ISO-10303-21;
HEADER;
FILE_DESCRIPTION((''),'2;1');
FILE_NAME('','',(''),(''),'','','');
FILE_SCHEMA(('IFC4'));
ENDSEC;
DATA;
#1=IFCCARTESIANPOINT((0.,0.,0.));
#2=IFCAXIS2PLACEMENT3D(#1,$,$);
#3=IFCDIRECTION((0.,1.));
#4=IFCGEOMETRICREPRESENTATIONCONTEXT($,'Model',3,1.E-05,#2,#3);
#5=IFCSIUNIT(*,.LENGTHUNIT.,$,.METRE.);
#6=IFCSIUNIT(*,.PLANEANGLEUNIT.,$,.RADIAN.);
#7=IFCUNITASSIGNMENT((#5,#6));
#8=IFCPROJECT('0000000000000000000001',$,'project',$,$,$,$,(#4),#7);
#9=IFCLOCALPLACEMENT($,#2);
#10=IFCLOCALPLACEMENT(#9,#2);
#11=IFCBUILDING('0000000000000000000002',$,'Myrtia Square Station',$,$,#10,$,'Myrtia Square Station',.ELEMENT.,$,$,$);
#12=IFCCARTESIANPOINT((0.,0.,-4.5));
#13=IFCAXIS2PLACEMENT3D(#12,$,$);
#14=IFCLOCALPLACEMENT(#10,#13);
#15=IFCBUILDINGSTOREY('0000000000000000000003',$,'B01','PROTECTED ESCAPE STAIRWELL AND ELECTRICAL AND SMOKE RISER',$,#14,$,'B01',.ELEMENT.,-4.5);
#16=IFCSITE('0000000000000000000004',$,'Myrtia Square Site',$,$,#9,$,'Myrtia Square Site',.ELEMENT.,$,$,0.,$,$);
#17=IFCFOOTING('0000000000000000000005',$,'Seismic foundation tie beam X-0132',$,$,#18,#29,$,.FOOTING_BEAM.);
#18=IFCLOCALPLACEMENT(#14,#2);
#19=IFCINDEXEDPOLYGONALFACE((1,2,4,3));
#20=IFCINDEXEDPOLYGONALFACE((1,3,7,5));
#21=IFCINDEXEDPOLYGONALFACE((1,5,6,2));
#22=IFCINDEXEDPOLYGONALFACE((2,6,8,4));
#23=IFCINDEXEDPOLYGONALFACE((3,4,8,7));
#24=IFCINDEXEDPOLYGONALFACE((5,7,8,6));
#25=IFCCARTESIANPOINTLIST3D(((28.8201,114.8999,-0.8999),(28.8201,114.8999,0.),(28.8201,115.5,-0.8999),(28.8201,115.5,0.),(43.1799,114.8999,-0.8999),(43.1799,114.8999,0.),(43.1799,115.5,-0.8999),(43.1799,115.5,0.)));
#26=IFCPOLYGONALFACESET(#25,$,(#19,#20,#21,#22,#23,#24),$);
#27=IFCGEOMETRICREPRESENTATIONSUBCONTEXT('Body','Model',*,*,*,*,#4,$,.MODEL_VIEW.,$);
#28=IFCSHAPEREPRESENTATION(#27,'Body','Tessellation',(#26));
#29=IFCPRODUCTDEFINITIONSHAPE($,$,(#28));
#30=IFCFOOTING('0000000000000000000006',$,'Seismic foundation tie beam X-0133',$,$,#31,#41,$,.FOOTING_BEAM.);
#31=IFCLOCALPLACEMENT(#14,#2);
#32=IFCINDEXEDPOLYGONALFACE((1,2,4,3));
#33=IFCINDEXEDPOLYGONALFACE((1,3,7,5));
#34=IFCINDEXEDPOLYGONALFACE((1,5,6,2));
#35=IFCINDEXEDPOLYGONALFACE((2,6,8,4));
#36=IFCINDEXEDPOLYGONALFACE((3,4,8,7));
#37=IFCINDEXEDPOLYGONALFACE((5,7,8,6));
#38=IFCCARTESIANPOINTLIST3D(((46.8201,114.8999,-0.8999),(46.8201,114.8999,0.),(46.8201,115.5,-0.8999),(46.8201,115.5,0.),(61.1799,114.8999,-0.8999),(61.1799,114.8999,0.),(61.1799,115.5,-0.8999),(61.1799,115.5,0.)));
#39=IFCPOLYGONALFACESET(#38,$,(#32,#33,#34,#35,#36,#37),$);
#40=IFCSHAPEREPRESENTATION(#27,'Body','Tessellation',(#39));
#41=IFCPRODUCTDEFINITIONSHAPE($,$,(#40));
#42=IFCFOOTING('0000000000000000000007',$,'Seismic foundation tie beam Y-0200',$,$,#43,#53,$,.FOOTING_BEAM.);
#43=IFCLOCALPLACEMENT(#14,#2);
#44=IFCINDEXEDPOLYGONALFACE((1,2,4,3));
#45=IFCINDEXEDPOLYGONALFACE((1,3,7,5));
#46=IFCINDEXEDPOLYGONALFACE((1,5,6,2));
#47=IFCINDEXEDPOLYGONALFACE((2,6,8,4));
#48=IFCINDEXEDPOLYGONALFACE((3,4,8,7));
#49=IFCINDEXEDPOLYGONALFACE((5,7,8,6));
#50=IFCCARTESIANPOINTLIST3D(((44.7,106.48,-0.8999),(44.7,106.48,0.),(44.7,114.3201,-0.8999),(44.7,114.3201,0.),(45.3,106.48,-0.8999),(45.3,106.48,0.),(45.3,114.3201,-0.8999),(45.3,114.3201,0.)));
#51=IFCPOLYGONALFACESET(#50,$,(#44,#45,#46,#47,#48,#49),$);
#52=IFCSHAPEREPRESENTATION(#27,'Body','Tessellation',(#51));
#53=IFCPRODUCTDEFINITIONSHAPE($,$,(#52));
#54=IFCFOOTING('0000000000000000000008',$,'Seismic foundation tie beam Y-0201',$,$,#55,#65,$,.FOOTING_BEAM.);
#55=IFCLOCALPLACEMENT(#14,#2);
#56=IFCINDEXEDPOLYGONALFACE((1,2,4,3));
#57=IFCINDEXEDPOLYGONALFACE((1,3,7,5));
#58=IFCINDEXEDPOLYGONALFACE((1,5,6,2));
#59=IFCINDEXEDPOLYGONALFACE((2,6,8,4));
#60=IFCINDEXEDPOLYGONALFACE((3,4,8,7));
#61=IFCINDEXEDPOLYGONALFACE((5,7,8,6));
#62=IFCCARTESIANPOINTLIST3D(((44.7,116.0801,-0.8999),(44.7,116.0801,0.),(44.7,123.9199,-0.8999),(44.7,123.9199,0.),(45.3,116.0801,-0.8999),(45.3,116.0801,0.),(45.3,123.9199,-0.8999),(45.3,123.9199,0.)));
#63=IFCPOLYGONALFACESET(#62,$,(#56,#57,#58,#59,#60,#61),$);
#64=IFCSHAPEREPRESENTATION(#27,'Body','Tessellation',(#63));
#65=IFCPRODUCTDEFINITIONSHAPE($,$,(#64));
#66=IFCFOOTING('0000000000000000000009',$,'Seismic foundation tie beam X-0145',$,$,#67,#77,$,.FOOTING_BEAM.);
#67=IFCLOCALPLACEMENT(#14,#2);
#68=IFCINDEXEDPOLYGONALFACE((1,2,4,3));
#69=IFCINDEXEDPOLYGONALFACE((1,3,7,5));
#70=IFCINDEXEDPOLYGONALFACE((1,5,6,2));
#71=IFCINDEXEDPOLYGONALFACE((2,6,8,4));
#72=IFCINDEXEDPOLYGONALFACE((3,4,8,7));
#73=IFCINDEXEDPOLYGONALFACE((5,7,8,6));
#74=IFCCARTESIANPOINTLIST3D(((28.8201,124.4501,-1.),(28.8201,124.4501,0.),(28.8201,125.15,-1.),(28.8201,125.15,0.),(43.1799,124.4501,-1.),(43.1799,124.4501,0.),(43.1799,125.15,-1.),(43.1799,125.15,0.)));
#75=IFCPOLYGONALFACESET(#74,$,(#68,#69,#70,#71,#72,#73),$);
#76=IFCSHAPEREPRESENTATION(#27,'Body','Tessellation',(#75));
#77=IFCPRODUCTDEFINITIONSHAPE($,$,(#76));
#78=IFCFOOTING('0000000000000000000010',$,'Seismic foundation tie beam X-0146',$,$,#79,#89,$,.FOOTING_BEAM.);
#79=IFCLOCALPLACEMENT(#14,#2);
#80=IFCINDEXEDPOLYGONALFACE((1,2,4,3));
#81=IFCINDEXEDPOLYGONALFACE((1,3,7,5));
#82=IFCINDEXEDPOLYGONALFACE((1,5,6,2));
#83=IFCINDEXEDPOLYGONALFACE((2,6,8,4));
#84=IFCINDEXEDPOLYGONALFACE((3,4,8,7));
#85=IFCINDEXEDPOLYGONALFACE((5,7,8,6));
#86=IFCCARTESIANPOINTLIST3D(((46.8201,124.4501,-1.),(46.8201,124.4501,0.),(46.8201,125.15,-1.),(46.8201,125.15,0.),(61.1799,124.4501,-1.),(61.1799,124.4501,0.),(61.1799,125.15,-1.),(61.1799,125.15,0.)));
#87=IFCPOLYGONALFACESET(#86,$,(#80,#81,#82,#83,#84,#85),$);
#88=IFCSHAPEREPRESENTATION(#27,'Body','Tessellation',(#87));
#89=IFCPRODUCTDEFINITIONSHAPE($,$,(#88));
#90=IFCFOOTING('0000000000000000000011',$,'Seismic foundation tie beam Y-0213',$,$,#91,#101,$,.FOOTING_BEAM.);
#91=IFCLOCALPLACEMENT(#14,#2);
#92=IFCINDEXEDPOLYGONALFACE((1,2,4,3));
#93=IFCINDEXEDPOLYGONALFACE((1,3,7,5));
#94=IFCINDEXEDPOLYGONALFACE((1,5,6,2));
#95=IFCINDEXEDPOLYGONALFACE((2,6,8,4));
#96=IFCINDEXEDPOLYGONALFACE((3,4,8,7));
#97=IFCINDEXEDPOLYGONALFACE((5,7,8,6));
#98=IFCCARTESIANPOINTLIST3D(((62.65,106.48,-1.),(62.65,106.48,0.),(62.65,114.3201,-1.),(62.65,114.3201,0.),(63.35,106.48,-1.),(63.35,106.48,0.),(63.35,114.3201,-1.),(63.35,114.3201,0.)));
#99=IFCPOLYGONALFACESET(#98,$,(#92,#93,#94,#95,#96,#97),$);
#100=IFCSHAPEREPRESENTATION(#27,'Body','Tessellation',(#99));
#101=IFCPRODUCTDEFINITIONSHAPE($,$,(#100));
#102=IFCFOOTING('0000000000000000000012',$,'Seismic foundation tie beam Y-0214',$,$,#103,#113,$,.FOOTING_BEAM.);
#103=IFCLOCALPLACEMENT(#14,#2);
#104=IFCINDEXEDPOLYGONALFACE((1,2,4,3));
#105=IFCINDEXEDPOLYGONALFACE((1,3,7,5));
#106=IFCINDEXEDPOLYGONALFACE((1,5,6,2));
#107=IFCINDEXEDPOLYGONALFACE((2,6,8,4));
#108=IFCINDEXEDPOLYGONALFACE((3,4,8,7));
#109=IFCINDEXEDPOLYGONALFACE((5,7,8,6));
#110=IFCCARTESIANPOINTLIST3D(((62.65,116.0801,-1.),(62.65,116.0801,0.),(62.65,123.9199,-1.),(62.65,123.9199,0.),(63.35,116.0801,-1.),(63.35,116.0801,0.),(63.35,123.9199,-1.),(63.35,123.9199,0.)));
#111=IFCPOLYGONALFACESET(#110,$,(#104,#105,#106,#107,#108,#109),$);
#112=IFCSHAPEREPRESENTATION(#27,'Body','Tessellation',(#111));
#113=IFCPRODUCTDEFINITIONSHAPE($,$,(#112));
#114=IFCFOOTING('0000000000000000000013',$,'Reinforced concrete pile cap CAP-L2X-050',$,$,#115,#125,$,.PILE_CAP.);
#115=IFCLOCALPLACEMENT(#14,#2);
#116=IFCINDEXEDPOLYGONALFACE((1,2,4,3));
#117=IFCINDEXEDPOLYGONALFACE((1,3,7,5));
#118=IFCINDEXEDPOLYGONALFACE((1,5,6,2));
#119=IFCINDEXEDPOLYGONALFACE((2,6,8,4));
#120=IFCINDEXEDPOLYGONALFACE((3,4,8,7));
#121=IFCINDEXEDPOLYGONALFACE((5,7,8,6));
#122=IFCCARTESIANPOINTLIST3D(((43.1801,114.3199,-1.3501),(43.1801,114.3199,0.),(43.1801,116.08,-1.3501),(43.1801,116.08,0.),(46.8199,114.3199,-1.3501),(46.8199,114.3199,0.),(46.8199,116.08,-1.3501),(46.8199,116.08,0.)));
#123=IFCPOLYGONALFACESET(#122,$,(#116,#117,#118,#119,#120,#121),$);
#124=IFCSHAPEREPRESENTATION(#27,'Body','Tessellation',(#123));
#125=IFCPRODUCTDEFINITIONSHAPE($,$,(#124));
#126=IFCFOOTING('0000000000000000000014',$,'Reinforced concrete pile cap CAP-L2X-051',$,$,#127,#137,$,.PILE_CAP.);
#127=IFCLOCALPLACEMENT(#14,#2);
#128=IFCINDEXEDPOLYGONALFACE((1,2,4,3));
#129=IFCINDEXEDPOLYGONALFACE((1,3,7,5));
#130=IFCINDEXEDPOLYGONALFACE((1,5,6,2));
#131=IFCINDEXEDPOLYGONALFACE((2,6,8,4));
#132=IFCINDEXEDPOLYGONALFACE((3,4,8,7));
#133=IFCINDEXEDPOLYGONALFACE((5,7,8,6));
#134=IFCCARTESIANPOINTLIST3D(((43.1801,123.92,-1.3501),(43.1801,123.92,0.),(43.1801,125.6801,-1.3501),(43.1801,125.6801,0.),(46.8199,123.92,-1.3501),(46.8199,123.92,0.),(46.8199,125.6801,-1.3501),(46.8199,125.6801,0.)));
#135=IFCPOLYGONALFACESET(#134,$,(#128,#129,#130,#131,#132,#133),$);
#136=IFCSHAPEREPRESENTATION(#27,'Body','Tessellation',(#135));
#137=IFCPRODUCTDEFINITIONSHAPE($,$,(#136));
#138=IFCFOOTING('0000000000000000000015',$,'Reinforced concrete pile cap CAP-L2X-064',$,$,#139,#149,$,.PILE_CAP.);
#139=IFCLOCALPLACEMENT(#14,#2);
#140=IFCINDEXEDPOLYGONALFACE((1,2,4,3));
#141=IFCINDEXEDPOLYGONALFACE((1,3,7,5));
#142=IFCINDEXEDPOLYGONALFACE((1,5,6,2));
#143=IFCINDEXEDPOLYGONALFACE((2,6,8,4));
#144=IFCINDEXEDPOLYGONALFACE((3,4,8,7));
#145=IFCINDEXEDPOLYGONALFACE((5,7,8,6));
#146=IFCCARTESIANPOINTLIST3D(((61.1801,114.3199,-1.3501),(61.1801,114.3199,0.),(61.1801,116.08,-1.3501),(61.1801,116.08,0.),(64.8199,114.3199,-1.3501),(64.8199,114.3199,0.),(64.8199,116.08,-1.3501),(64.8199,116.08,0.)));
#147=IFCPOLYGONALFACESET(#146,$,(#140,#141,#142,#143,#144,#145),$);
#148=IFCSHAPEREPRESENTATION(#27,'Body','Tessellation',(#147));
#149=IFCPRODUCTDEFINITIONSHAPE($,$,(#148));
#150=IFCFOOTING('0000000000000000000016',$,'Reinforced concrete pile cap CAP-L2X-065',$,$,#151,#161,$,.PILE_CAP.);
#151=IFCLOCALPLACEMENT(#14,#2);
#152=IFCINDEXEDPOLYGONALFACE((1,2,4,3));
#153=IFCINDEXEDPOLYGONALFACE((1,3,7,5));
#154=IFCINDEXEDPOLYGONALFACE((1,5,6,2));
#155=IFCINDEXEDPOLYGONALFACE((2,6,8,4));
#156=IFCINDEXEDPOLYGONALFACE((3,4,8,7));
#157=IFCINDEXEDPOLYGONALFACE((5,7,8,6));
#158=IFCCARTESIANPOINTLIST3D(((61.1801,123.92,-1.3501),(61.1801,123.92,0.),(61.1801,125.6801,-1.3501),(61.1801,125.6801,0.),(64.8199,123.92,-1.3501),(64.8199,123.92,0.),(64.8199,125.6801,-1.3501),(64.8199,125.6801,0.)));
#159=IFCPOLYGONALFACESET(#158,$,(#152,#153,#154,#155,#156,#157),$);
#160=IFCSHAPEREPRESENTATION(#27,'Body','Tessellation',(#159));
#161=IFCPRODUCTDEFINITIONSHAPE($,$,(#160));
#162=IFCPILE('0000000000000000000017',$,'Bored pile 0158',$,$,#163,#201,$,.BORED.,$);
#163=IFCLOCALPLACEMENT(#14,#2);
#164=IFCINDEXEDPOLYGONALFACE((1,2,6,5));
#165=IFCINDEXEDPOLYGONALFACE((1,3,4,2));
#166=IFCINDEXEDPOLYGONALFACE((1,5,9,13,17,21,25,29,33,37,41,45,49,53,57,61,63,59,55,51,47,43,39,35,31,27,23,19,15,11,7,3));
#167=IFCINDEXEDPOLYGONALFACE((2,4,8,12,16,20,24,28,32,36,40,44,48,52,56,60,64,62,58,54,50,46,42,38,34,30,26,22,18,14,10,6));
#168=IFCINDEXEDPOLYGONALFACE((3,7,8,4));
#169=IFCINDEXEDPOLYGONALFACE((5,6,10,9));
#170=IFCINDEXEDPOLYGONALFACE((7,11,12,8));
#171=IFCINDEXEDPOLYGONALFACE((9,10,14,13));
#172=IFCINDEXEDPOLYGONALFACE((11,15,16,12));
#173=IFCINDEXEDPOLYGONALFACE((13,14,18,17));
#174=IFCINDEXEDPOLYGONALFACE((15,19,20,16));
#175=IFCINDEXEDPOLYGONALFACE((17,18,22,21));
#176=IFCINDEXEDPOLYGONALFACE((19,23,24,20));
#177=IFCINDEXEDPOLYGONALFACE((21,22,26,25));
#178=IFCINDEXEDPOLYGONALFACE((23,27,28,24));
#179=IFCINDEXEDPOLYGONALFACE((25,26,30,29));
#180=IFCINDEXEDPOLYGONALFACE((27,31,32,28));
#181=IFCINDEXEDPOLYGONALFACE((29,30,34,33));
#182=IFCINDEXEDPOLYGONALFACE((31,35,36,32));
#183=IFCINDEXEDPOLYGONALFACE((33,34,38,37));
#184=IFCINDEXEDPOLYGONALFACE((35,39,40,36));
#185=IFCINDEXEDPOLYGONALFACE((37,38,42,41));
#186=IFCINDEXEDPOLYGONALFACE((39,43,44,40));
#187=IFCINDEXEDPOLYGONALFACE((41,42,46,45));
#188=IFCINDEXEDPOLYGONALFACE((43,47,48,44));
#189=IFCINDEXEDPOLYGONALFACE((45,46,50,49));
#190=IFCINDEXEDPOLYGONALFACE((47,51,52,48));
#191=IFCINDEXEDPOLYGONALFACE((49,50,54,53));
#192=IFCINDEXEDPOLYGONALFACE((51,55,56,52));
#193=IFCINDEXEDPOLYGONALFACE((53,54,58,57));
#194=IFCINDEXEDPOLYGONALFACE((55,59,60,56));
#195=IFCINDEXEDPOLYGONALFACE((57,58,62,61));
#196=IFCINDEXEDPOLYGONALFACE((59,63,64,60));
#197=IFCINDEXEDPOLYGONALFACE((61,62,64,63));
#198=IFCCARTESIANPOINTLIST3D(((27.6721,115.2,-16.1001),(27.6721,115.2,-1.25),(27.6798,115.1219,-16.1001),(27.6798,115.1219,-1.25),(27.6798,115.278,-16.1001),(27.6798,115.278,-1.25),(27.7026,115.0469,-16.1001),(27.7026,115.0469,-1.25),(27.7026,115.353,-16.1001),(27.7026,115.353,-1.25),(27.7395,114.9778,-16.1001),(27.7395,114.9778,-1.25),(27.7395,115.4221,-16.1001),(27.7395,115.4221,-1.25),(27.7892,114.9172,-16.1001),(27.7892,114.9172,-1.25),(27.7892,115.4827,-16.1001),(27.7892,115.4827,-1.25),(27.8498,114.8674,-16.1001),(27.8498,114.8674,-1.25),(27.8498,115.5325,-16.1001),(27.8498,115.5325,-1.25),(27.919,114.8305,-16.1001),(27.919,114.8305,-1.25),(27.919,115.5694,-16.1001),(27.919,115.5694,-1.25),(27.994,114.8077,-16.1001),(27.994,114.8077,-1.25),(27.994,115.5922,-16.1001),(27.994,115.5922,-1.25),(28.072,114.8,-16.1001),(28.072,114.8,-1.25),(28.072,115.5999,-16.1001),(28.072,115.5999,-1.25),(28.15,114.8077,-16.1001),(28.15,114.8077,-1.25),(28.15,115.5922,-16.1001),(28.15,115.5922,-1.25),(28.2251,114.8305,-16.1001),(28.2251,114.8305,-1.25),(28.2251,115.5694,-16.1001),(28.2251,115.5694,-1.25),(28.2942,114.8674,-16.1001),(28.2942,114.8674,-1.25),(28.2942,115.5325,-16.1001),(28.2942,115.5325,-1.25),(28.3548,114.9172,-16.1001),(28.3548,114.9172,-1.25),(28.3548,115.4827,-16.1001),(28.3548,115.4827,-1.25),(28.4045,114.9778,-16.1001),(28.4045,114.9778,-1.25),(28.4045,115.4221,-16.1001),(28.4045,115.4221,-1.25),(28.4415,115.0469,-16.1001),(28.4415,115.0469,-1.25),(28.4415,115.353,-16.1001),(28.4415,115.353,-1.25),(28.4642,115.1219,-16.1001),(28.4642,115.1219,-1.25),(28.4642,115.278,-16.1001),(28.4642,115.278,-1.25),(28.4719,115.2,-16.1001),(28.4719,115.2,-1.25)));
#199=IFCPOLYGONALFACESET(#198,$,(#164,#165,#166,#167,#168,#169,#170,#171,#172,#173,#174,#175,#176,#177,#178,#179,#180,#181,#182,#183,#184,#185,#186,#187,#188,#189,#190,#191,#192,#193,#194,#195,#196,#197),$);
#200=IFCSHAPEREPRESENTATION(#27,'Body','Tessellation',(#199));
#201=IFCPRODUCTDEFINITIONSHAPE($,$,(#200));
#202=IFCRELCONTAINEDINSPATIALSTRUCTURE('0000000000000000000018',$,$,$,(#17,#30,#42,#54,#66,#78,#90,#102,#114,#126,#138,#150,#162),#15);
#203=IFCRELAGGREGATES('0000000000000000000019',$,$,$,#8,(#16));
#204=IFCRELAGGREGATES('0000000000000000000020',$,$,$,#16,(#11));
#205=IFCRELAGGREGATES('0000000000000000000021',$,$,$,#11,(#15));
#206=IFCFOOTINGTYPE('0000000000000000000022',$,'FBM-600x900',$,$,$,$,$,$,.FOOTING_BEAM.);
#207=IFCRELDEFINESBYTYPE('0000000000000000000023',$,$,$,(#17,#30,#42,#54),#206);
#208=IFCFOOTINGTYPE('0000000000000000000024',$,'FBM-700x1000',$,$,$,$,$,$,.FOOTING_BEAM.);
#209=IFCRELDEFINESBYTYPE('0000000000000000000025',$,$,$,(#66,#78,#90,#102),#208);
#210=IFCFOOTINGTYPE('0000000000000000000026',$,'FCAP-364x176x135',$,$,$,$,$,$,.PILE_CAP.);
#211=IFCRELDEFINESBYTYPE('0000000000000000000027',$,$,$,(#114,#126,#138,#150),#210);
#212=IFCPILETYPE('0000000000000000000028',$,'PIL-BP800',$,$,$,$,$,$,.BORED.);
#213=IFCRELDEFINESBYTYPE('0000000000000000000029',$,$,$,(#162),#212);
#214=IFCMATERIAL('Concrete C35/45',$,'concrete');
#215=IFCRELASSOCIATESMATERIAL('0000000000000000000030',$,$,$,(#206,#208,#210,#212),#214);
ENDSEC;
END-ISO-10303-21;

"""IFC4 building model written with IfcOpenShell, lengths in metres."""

from ifc_helpers import new_model, si_unit, direction, frame, origin, origin_2d, place, context, subcontext, project, spatial, rectangle, circle, extrude, material, material_profile, profile_set, type_object, element, save


model = new_model("IFC4")

# Units and contexts
model_context = context("Model", 3, precision=1e-05, world=origin(), true_north=direction((0.0, 1.0)))
body_context = subcontext(model_context, "Body", "Model", "MODEL_VIEW")
ifc_project = project(units=[si_unit("LENGTHUNIT", "METRE"), si_unit("PLANEANGLEUNIT", "RADIAN")], contexts=[model_context])

# Site, building, storey
site_placement = place(None, origin())
site = spatial("IfcSite", under=ifc_project, at=site_placement, Name="Myrtia Square Site", LongName="Myrtia Square Site", CompositionType="ELEMENT", RefElevation=0.0)
building_placement = place(site_placement, origin())
building = spatial("IfcBuilding", under=site, at=building_placement, Name="Myrtia Square Station", LongName="Myrtia Square Station", CompositionType="ELEMENT")
storey_placement = place(building_placement, frame((0.0, 0.0, -4.5)))
storey = spatial("IfcBuildingStorey", under=building, at=storey_placement, Name="B01", Description="PROTECTED ESCAPE STAIRWELL AND ELECTRICAL AND SMOKE RISER", LongName="B01", CompositionType="ELEMENT", Elevation=-4.5)

# Footings
ifc_material_1 = material(Name="Concrete C35/45", Category="concrete")
ifc_material_profile_1 = material_profile(ifc_material_1, rectangle(XDim=0.6001, YDim=0.8999, at=origin_2d()), Name="FB 600x900")
ifc_profile_set_1 = profile_set([ifc_material_profile_1], Name="Concrete C35/45")
footing_type_1 = type_object("IfcFootingType", Name="FBM-600x900", PredefinedType="FOOTING_BEAM", material=ifc_profile_set_1)
for number, where, z_axis, x_axis, name in (
    (1, (28.8201, 115.2, -0.45), (1.0, 0.0, 0.0), (0.0, 1.0, 0.0), "Seismic foundation tie beam X-0132"),
    (2, (46.8201, 115.2, -0.45), (1.0, 0.0, 0.0), (0.0, 1.0, 0.0), "Seismic foundation tie beam X-0133"),
):
    element("IfcFooting", number, at=place(storey_placement, frame(where, z_axis=z_axis, x_axis=x_axis)), inside=storey, type_object=footing_type_1, Name=name, PredefinedType="FOOTING_BEAM", context=body_context, shape_type="SweptSolid", body=[
        extrude(rectangle(XDim=0.6001, YDim=0.8999, at=origin_2d()), origin(), (0.0, 0.0, 1.0), 14.3599),
    ])
footing_1_placement = place(storey_placement, frame((45.0, 106.48, -0.45), z_axis=(0.0, 1.0, 0.0), x_axis=(-1.0, 0.0, 0.0)))
element("IfcFooting", 3, at=footing_1_placement, inside=storey, type_object=footing_type_1, Name="Seismic foundation tie beam Y-0200", PredefinedType="FOOTING_BEAM", context=body_context, shape_type="SweptSolid", body=[
    extrude(rectangle(XDim=0.6001, YDim=0.8999, at=origin_2d()), origin(), (0.0, 0.0, 1.0), 7.8401),
])
footing_2_placement = place(storey_placement, frame((45.0, 116.0801, -0.45), z_axis=(0.0, 1.0, 0.0), x_axis=(-1.0, 0.0, 0.0)))
element("IfcFooting", 4, at=footing_2_placement, inside=storey, type_object=footing_type_1, Name="Seismic foundation tie beam Y-0201", PredefinedType="FOOTING_BEAM", context=body_context, shape_type="SweptSolid", body=[
    extrude(rectangle(XDim=0.6001, YDim=0.8999, at=origin_2d()), origin(), (0.0, 0.0, 1.0), 7.8398),
])
ifc_material_profile_2 = material_profile(ifc_material_1, rectangle(XDim=0.7, YDim=1.0, at=origin_2d()), Name="FB 700x1000")
ifc_profile_set_2 = profile_set([ifc_material_profile_2], Name="Concrete C35/45")
footing_type_2 = type_object("IfcFootingType", Name="FBM-700x1000", PredefinedType="FOOTING_BEAM", material=ifc_profile_set_2)
for number, where, z_axis, x_axis, name in (
    (5, (28.8201, 124.8, -0.5), (1.0, 0.0, 0.0), (0.0, 1.0, 0.0), "Seismic foundation tie beam X-0145"),
    (6, (46.8201, 124.8, -0.5), (1.0, 0.0, 0.0), (0.0, 1.0, 0.0), "Seismic foundation tie beam X-0146"),
):
    element("IfcFooting", number, at=place(storey_placement, frame(where, z_axis=z_axis, x_axis=x_axis)), inside=storey, type_object=footing_type_2, Name=name, PredefinedType="FOOTING_BEAM", context=body_context, shape_type="SweptSolid", body=[
        extrude(rectangle(XDim=0.7, YDim=1.0, at=origin_2d()), origin(), (0.0, 0.0, 1.0), 14.3599),
    ])
footing_3_placement = place(storey_placement, frame((63.0, 106.48, -0.5), z_axis=(0.0, 1.0, 0.0), x_axis=(-1.0, 0.0, 0.0)))
element("IfcFooting", 7, at=footing_3_placement, inside=storey, type_object=footing_type_2, Name="Seismic foundation tie beam Y-0213", PredefinedType="FOOTING_BEAM", context=body_context, shape_type="SweptSolid", body=[
    extrude(rectangle(XDim=0.7, YDim=1.0, at=origin_2d()), origin(), (0.0, 0.0, 1.0), 7.8401),
])
footing_4_placement = place(storey_placement, frame((63.0, 116.0801, -0.5), z_axis=(0.0, 1.0, 0.0), x_axis=(-1.0, 0.0, 0.0)))
element("IfcFooting", 8, at=footing_4_placement, inside=storey, type_object=footing_type_2, Name="Seismic foundation tie beam Y-0214", PredefinedType="FOOTING_BEAM", context=body_context, shape_type="SweptSolid", body=[
    extrude(rectangle(XDim=0.7, YDim=1.0, at=origin_2d()), origin(), (0.0, 0.0, 1.0), 7.8398),
])
footing_type_3 = type_object("IfcFootingType", Name="FCAP-364x176x135", PredefinedType="PILE_CAP", material=ifc_material_1)
for number, where, z_axis, x_axis, name in (
    (9, (45.0, 115.2, -1.3501), (0.0, 0.0, 1.0), (1.0, 0.0, 0.0), "Reinforced concrete pile cap CAP-L2X-050"),
    (10, (45.0, 124.8, -1.3501), (0.0, 0.0, 1.0), (1.0, 0.0, 0.0), "Reinforced concrete pile cap CAP-L2X-051"),
    (11, (63.0, 115.2, -1.3501), (0.0, 0.0, 1.0), (1.0, 0.0, 0.0), "Reinforced concrete pile cap CAP-L2X-064"),
    (12, (63.0, 124.8, -1.3501), (0.0, 0.0, 1.0), (1.0, 0.0, 0.0), "Reinforced concrete pile cap CAP-L2X-065"),
):
    element("IfcFooting", number, at=place(storey_placement, frame(where, z_axis=z_axis, x_axis=x_axis)), inside=storey, type_object=footing_type_3, Name=name, PredefinedType="PILE_CAP", context=body_context, shape_type="SweptSolid", body=[
        extrude(rectangle(XDim=3.6399, YDim=1.76, at=origin_2d()), origin(), (0.0, 0.0, 1.0), 1.3501),
    ])

# Pile
ifc_material_profile_3 = material_profile(ifc_material_1, circle(Radius=0.3999, at=origin_2d()), Name="BP D800")
ifc_profile_set_3 = profile_set([ifc_material_profile_3], Name="Concrete C35/45")
pile_type = type_object("IfcPileType", Name="PIL-BP800", PredefinedType="BORED", material=ifc_profile_set_3)
for number, where, z_axis, x_axis, name in (
    (13, (28.072, 115.2, -1.25), (0.0, 0.0, -1.0), (1.0, 0.0, 0.0), "Bored pile 0158"),
):
    element("IfcPile", number, at=place(storey_placement, frame(where, z_axis=z_axis, x_axis=x_axis)), inside=storey, type_object=pile_type, Name=name, PredefinedType="BORED", context=body_context, shape_type="SweptSolid", body=[
        extrude(circle(Radius=0.3999, at=origin_2d()), origin(), (0.0, 0.0, 1.0), 14.8501),
    ])

save(model, "model.ifc")
